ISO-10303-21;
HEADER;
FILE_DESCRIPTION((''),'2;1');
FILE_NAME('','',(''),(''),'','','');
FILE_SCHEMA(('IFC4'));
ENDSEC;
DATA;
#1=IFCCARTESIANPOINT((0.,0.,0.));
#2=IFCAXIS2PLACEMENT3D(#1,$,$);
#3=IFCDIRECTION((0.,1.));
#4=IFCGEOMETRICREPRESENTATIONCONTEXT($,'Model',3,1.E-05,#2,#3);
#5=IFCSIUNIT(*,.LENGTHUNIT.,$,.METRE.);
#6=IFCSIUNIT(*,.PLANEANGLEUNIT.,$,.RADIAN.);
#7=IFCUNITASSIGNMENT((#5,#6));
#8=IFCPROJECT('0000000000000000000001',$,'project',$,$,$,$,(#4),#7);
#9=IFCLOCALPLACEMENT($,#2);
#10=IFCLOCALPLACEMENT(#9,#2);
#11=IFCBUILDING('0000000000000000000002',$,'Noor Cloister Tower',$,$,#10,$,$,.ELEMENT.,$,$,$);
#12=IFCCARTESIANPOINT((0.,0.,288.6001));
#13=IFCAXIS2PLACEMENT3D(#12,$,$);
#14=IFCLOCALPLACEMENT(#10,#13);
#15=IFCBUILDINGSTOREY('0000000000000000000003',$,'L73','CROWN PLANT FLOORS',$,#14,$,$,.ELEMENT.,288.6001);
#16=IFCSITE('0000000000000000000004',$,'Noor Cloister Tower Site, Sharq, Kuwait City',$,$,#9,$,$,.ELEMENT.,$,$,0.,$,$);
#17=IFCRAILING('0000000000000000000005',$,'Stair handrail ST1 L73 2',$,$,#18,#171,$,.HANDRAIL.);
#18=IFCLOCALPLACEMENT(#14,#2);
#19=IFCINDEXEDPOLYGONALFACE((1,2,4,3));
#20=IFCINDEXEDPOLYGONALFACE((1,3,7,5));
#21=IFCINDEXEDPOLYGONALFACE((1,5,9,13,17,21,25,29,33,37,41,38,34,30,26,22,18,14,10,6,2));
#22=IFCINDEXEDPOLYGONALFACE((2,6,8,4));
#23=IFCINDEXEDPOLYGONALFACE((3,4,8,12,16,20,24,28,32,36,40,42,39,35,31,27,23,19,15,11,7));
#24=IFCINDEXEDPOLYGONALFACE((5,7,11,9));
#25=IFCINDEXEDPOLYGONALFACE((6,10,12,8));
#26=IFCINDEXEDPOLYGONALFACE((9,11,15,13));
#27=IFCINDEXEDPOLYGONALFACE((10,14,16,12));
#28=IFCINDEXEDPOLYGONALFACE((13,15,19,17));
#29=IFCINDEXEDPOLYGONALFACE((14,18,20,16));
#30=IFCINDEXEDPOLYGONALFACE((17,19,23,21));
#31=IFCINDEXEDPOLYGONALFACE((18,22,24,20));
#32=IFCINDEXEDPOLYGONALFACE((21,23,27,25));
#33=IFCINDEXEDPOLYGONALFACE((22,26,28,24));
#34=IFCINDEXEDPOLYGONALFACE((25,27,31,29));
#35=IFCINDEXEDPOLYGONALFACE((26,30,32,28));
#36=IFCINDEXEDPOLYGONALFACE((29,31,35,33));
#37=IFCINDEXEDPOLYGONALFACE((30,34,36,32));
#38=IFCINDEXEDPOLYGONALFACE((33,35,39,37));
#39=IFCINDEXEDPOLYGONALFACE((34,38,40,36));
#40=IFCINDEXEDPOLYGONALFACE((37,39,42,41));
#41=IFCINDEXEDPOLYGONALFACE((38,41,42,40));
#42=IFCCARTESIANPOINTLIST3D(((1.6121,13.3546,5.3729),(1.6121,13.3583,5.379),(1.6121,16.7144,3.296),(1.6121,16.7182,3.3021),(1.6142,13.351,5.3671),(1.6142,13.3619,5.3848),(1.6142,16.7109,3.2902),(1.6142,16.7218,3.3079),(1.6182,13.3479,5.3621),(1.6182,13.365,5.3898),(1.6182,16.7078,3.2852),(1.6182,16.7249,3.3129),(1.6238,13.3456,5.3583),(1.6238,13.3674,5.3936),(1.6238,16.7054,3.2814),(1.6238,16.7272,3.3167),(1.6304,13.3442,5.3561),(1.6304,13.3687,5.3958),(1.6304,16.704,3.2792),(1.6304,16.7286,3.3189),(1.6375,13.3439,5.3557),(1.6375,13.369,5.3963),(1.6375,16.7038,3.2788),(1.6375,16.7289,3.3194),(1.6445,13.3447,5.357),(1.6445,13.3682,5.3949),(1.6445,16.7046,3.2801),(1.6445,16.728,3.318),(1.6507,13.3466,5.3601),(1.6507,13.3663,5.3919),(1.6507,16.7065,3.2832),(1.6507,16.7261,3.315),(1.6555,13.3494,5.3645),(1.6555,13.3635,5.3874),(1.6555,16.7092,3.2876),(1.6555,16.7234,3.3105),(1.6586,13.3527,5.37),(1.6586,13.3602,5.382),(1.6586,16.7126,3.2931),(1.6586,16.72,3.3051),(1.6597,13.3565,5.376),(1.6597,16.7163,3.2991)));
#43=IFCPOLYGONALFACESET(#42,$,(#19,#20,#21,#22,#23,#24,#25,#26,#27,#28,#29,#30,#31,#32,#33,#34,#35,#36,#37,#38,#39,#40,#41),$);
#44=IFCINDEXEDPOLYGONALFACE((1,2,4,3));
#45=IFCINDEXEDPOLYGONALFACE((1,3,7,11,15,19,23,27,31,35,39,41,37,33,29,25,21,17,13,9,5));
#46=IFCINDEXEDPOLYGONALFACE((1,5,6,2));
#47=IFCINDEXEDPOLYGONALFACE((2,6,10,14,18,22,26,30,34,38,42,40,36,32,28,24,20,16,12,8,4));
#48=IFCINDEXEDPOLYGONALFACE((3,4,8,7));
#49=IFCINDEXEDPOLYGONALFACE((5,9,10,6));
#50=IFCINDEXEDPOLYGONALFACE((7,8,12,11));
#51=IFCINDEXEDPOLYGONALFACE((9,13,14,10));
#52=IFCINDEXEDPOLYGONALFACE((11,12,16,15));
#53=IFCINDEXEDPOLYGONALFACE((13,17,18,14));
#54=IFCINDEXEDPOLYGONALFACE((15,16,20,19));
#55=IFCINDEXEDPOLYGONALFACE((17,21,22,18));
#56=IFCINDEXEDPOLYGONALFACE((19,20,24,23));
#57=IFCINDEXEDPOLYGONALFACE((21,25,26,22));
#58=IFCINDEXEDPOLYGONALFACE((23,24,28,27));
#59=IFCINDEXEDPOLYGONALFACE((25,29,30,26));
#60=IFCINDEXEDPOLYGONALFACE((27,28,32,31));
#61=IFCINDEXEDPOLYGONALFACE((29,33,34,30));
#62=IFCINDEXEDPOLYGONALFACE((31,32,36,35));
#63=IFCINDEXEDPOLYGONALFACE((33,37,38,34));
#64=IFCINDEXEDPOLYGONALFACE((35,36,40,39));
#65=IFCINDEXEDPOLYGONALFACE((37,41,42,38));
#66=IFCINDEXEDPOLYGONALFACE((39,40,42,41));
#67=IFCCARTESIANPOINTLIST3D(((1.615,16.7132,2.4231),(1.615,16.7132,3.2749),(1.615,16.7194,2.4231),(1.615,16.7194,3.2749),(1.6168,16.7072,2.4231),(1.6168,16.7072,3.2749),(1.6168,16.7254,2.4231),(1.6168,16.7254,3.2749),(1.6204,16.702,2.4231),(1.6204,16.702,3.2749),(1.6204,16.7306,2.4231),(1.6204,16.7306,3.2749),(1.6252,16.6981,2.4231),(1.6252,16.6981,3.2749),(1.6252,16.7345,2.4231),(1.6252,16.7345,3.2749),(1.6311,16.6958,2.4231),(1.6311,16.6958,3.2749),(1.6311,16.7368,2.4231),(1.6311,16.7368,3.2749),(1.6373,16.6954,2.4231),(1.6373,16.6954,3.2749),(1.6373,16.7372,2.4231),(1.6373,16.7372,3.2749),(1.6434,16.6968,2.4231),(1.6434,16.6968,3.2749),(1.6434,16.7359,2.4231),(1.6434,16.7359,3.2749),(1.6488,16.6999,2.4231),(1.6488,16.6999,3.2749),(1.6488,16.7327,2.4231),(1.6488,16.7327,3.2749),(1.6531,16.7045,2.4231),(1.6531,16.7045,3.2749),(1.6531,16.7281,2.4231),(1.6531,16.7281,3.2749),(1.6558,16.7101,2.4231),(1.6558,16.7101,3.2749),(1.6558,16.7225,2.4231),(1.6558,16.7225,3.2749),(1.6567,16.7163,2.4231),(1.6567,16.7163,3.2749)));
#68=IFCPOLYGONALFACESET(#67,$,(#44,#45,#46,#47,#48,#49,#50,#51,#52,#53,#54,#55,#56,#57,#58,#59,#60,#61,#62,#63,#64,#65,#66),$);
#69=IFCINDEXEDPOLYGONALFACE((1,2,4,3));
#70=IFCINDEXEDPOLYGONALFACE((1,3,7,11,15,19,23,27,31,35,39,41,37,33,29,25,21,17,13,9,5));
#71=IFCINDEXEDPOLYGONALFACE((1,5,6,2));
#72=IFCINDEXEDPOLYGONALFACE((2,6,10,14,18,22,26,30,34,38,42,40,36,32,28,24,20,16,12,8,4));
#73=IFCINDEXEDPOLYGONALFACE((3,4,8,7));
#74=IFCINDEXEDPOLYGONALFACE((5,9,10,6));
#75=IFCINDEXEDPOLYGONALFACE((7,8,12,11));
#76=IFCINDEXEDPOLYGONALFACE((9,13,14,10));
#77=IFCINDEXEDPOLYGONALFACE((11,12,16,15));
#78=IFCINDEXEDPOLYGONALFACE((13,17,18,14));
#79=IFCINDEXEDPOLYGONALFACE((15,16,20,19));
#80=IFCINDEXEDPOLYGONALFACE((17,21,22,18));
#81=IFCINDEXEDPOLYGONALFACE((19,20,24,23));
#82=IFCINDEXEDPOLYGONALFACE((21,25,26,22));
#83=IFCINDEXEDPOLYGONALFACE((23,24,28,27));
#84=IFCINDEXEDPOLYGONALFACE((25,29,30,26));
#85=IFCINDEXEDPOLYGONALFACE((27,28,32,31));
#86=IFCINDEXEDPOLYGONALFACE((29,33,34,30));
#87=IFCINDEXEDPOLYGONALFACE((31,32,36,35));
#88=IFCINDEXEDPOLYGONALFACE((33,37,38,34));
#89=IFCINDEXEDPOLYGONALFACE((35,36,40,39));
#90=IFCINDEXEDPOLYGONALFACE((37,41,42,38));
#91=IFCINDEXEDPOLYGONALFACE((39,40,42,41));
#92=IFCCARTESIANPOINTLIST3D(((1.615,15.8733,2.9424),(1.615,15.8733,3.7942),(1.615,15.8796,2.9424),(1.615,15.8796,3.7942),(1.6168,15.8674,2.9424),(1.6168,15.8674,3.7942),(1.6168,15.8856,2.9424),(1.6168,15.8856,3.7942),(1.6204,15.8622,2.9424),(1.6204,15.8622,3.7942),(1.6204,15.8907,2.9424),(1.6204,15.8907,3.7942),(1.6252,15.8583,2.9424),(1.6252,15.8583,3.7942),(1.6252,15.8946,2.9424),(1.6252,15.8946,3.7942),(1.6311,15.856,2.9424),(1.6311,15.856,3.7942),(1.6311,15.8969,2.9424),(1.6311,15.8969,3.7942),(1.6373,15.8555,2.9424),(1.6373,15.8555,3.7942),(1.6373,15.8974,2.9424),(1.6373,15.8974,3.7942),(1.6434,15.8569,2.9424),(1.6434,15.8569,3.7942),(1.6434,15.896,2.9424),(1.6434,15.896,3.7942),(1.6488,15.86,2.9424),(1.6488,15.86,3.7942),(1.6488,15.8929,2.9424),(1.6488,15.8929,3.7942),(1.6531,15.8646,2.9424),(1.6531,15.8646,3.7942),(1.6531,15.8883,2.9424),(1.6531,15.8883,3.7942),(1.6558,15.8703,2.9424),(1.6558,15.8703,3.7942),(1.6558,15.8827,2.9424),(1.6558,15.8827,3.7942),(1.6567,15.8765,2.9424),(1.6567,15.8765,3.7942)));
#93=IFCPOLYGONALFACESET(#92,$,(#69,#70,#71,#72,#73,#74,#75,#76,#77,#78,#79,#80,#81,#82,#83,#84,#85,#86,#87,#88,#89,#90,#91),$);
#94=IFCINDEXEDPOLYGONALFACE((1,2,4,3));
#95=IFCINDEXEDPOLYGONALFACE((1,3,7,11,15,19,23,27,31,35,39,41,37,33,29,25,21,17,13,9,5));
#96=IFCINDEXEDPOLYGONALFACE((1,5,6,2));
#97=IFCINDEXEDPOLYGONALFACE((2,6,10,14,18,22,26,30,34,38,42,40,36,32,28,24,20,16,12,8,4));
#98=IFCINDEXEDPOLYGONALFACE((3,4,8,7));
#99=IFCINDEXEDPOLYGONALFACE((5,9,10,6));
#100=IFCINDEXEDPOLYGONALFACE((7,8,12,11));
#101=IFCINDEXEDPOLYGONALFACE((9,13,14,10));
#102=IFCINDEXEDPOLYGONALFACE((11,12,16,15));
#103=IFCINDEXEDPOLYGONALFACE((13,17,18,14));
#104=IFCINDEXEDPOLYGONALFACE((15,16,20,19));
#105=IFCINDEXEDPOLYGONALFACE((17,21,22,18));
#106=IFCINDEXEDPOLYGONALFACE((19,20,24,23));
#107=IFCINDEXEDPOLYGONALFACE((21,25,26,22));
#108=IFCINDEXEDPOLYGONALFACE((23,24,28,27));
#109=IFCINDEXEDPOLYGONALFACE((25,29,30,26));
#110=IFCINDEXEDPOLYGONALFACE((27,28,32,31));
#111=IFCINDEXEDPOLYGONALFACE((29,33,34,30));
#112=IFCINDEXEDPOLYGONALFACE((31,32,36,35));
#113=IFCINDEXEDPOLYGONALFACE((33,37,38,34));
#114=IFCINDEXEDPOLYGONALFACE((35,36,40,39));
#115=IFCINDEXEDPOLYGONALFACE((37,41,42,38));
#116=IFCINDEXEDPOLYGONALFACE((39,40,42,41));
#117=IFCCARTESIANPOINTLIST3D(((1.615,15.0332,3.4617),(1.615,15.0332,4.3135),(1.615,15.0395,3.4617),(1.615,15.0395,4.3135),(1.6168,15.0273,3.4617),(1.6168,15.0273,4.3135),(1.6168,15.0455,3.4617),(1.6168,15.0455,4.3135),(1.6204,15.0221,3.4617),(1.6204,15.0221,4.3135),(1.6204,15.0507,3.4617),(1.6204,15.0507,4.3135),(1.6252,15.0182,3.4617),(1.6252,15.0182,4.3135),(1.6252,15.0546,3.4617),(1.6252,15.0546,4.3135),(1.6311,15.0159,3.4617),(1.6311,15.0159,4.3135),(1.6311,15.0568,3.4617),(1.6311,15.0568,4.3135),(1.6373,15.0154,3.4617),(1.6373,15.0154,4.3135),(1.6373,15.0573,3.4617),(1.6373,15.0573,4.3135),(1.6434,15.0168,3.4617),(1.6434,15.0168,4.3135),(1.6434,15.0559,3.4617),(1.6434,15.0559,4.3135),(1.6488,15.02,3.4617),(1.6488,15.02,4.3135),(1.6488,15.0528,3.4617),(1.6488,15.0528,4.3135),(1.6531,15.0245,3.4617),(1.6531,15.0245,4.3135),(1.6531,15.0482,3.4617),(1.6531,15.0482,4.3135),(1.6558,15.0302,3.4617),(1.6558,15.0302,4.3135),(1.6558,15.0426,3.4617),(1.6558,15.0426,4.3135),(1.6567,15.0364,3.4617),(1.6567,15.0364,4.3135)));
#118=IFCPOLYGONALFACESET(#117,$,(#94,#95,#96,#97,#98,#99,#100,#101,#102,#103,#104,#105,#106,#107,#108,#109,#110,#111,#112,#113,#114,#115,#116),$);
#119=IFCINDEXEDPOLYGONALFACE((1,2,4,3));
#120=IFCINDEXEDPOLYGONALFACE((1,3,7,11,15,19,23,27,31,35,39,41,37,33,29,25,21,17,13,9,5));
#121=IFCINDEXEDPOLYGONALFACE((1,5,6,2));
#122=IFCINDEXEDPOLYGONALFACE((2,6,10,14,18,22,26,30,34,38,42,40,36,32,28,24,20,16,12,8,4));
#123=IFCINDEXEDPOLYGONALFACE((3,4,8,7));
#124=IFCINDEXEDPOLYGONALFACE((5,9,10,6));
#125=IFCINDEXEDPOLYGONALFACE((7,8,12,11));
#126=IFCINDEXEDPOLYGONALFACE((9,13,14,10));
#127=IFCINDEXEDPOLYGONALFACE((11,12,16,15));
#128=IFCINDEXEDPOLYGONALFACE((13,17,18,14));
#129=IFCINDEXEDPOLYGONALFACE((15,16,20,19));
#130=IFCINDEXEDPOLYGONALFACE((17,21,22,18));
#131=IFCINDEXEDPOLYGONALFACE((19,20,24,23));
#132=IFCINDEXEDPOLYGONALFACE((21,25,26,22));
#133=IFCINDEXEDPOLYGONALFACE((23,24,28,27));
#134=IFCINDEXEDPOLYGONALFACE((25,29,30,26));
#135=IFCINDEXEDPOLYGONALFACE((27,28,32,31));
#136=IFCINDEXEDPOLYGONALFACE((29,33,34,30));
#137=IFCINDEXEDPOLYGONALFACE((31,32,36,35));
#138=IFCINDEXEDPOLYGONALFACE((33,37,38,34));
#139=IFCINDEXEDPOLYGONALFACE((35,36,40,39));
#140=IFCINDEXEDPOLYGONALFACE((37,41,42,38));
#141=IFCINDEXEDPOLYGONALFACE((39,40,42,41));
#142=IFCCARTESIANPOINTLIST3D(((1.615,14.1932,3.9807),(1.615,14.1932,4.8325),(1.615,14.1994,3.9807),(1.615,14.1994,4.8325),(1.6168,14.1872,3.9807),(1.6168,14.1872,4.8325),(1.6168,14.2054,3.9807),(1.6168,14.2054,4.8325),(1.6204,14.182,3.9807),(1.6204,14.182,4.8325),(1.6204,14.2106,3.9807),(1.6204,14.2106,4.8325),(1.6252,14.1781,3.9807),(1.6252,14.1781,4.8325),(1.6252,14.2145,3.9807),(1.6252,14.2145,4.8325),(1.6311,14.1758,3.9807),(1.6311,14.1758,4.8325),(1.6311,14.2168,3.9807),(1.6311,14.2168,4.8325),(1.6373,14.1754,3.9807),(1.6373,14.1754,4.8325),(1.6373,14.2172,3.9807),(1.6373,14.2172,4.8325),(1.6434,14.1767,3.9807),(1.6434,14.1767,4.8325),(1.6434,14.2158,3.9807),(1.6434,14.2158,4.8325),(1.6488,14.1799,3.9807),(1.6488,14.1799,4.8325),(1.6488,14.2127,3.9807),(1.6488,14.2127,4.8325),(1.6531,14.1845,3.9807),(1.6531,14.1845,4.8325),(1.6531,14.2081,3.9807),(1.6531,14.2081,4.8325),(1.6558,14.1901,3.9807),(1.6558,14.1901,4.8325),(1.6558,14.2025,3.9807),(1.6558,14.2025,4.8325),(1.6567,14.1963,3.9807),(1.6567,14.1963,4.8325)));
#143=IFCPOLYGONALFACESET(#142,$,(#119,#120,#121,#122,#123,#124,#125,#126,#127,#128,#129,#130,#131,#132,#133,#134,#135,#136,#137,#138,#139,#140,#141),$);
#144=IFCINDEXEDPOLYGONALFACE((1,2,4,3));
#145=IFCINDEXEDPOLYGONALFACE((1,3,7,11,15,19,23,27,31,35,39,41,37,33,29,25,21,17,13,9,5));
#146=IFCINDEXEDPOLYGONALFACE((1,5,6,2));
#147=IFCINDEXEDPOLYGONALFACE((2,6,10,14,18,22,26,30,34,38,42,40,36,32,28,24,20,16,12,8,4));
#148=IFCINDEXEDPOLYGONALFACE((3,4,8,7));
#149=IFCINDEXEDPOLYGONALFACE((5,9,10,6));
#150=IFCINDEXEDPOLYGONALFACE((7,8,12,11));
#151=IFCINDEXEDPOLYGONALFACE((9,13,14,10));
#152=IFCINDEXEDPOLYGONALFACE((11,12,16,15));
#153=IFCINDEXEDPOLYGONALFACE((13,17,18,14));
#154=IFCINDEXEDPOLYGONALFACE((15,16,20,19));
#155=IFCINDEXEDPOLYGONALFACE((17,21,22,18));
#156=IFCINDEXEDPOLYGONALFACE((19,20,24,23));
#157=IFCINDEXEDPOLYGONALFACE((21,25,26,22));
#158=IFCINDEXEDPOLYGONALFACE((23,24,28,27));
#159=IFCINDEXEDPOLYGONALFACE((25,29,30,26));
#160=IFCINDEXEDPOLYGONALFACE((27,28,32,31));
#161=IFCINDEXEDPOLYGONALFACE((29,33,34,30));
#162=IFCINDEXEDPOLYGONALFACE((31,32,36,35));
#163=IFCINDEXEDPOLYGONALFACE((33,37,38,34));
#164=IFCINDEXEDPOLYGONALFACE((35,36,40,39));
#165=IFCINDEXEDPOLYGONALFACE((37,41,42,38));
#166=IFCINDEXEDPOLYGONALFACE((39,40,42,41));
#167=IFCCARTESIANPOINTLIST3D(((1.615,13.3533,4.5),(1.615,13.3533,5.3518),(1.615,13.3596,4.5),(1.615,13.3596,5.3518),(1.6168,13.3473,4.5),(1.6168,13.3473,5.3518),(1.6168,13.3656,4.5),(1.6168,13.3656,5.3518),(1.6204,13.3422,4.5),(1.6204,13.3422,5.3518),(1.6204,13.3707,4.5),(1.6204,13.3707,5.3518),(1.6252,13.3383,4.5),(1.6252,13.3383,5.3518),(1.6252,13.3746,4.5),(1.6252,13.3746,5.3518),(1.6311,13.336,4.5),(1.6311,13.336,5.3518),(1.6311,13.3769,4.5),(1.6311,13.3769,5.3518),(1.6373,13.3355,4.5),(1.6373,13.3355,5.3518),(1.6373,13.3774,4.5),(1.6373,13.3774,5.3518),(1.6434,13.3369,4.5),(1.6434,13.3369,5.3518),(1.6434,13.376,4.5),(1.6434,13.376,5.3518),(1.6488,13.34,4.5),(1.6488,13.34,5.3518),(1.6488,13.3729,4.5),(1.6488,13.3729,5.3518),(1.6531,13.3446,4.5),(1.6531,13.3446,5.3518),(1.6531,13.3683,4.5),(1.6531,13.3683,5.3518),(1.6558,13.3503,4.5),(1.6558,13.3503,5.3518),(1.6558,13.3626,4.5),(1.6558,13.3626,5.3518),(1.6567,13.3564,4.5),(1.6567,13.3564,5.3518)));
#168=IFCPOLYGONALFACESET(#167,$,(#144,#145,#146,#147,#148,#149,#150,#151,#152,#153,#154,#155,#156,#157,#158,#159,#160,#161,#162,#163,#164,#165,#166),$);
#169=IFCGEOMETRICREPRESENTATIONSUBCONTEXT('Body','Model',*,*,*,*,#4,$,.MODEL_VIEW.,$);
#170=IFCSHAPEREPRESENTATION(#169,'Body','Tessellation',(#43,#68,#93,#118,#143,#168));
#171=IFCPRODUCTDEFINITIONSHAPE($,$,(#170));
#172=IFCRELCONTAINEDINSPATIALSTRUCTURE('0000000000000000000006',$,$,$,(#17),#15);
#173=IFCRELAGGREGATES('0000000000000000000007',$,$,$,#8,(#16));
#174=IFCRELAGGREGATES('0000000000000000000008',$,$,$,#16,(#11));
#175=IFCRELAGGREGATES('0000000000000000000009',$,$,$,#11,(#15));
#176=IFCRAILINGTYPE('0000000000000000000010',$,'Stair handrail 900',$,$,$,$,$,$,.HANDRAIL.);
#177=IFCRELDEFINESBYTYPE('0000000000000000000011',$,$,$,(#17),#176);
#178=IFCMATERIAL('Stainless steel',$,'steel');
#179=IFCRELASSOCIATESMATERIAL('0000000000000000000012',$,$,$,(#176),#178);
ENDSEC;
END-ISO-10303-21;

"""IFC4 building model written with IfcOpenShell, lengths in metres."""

from ifc_helpers import new_model, si_unit, direction, frame, origin, origin_2d, place, context, subcontext, project, spatial, circle, extrude, material, type_object, element, save


model = new_model("IFC4")

# Units and contexts
model_context = context("Model", 3, precision=1e-05, world=origin(), true_north=direction((0.0, 1.0)))
body_context = subcontext(model_context, "Body", "Model", "MODEL_VIEW")
ifc_project = project(units=[si_unit("LENGTHUNIT", "METRE"), si_unit("PLANEANGLEUNIT", "RADIAN")], contexts=[model_context])

# Site, building, storey
site_placement = place(None, origin())
site = spatial("IfcSite", under=ifc_project, at=site_placement, Name="Noor Cloister Tower Site, Sharq, Kuwait City", CompositionType="ELEMENT", RefElevation=0.0)
building_placement = place(site_placement, origin())
building = spatial("IfcBuilding", under=site, at=building_placement, Name="Noor Cloister Tower", CompositionType="ELEMENT")
storey_placement = place(building_placement, frame((0.0, 0.0, 288.6001)))
storey = spatial("IfcBuildingStorey", under=building, at=storey_placement, Name="L73", Description="CROWN PLANT FLOORS", CompositionType="ELEMENT", Elevation=288.6001)

# Railing
ifc_material_1 = material(Name="Stainless steel", Category="steel")
railing_type_1 = type_object("IfcRailingType", Name="Stair handrail 900", PredefinedType="HANDRAIL", material=ifc_material_1)
railing_1_placement = place(storey_placement, frame((1.6357, 16.7163, 2.4231)))
element("IfcRailing", 1, at=railing_1_placement, inside=storey, type_object=railing_type_1, Name="Stair handrail ST1 L73 2", PredefinedType="HANDRAIL", context=body_context, shape_type="SweptSolid", body=[
    extrude(circle(Radius=0.0239, at=origin_2d()), frame((0.0, 0.0, 0.876), z_axis=(0.0, -0.850606, 0.525803), x_axis=(1.0, 0.0, 0.0)), (0.0, 0.0, 1.0), 3.95),
    extrude(circle(Radius=0.021, at=origin_2d()), origin(), (0.0, 0.0, 1.0), 0.8518),
    extrude(circle(Radius=0.021, at=origin_2d()), frame((0.0, -0.8398, 0.5193)), (0.0, 0.0, 1.0), 0.8518),
    extrude(circle(Radius=0.021, at=origin_2d()), frame((0.0, -1.6799, 1.0386)), (0.0, 0.0, 1.0), 0.8518),
    extrude(circle(Radius=0.021, at=origin_2d()), frame((0.0, -2.52, 1.5576)), (0.0, 0.0, 1.0), 0.8518),
    extrude(circle(Radius=0.021, at=origin_2d()), frame((0.0, -3.3599, 2.0769)), (0.0, 0.0, 1.0), 0.8518),
])

save(model, "model.ifc")
